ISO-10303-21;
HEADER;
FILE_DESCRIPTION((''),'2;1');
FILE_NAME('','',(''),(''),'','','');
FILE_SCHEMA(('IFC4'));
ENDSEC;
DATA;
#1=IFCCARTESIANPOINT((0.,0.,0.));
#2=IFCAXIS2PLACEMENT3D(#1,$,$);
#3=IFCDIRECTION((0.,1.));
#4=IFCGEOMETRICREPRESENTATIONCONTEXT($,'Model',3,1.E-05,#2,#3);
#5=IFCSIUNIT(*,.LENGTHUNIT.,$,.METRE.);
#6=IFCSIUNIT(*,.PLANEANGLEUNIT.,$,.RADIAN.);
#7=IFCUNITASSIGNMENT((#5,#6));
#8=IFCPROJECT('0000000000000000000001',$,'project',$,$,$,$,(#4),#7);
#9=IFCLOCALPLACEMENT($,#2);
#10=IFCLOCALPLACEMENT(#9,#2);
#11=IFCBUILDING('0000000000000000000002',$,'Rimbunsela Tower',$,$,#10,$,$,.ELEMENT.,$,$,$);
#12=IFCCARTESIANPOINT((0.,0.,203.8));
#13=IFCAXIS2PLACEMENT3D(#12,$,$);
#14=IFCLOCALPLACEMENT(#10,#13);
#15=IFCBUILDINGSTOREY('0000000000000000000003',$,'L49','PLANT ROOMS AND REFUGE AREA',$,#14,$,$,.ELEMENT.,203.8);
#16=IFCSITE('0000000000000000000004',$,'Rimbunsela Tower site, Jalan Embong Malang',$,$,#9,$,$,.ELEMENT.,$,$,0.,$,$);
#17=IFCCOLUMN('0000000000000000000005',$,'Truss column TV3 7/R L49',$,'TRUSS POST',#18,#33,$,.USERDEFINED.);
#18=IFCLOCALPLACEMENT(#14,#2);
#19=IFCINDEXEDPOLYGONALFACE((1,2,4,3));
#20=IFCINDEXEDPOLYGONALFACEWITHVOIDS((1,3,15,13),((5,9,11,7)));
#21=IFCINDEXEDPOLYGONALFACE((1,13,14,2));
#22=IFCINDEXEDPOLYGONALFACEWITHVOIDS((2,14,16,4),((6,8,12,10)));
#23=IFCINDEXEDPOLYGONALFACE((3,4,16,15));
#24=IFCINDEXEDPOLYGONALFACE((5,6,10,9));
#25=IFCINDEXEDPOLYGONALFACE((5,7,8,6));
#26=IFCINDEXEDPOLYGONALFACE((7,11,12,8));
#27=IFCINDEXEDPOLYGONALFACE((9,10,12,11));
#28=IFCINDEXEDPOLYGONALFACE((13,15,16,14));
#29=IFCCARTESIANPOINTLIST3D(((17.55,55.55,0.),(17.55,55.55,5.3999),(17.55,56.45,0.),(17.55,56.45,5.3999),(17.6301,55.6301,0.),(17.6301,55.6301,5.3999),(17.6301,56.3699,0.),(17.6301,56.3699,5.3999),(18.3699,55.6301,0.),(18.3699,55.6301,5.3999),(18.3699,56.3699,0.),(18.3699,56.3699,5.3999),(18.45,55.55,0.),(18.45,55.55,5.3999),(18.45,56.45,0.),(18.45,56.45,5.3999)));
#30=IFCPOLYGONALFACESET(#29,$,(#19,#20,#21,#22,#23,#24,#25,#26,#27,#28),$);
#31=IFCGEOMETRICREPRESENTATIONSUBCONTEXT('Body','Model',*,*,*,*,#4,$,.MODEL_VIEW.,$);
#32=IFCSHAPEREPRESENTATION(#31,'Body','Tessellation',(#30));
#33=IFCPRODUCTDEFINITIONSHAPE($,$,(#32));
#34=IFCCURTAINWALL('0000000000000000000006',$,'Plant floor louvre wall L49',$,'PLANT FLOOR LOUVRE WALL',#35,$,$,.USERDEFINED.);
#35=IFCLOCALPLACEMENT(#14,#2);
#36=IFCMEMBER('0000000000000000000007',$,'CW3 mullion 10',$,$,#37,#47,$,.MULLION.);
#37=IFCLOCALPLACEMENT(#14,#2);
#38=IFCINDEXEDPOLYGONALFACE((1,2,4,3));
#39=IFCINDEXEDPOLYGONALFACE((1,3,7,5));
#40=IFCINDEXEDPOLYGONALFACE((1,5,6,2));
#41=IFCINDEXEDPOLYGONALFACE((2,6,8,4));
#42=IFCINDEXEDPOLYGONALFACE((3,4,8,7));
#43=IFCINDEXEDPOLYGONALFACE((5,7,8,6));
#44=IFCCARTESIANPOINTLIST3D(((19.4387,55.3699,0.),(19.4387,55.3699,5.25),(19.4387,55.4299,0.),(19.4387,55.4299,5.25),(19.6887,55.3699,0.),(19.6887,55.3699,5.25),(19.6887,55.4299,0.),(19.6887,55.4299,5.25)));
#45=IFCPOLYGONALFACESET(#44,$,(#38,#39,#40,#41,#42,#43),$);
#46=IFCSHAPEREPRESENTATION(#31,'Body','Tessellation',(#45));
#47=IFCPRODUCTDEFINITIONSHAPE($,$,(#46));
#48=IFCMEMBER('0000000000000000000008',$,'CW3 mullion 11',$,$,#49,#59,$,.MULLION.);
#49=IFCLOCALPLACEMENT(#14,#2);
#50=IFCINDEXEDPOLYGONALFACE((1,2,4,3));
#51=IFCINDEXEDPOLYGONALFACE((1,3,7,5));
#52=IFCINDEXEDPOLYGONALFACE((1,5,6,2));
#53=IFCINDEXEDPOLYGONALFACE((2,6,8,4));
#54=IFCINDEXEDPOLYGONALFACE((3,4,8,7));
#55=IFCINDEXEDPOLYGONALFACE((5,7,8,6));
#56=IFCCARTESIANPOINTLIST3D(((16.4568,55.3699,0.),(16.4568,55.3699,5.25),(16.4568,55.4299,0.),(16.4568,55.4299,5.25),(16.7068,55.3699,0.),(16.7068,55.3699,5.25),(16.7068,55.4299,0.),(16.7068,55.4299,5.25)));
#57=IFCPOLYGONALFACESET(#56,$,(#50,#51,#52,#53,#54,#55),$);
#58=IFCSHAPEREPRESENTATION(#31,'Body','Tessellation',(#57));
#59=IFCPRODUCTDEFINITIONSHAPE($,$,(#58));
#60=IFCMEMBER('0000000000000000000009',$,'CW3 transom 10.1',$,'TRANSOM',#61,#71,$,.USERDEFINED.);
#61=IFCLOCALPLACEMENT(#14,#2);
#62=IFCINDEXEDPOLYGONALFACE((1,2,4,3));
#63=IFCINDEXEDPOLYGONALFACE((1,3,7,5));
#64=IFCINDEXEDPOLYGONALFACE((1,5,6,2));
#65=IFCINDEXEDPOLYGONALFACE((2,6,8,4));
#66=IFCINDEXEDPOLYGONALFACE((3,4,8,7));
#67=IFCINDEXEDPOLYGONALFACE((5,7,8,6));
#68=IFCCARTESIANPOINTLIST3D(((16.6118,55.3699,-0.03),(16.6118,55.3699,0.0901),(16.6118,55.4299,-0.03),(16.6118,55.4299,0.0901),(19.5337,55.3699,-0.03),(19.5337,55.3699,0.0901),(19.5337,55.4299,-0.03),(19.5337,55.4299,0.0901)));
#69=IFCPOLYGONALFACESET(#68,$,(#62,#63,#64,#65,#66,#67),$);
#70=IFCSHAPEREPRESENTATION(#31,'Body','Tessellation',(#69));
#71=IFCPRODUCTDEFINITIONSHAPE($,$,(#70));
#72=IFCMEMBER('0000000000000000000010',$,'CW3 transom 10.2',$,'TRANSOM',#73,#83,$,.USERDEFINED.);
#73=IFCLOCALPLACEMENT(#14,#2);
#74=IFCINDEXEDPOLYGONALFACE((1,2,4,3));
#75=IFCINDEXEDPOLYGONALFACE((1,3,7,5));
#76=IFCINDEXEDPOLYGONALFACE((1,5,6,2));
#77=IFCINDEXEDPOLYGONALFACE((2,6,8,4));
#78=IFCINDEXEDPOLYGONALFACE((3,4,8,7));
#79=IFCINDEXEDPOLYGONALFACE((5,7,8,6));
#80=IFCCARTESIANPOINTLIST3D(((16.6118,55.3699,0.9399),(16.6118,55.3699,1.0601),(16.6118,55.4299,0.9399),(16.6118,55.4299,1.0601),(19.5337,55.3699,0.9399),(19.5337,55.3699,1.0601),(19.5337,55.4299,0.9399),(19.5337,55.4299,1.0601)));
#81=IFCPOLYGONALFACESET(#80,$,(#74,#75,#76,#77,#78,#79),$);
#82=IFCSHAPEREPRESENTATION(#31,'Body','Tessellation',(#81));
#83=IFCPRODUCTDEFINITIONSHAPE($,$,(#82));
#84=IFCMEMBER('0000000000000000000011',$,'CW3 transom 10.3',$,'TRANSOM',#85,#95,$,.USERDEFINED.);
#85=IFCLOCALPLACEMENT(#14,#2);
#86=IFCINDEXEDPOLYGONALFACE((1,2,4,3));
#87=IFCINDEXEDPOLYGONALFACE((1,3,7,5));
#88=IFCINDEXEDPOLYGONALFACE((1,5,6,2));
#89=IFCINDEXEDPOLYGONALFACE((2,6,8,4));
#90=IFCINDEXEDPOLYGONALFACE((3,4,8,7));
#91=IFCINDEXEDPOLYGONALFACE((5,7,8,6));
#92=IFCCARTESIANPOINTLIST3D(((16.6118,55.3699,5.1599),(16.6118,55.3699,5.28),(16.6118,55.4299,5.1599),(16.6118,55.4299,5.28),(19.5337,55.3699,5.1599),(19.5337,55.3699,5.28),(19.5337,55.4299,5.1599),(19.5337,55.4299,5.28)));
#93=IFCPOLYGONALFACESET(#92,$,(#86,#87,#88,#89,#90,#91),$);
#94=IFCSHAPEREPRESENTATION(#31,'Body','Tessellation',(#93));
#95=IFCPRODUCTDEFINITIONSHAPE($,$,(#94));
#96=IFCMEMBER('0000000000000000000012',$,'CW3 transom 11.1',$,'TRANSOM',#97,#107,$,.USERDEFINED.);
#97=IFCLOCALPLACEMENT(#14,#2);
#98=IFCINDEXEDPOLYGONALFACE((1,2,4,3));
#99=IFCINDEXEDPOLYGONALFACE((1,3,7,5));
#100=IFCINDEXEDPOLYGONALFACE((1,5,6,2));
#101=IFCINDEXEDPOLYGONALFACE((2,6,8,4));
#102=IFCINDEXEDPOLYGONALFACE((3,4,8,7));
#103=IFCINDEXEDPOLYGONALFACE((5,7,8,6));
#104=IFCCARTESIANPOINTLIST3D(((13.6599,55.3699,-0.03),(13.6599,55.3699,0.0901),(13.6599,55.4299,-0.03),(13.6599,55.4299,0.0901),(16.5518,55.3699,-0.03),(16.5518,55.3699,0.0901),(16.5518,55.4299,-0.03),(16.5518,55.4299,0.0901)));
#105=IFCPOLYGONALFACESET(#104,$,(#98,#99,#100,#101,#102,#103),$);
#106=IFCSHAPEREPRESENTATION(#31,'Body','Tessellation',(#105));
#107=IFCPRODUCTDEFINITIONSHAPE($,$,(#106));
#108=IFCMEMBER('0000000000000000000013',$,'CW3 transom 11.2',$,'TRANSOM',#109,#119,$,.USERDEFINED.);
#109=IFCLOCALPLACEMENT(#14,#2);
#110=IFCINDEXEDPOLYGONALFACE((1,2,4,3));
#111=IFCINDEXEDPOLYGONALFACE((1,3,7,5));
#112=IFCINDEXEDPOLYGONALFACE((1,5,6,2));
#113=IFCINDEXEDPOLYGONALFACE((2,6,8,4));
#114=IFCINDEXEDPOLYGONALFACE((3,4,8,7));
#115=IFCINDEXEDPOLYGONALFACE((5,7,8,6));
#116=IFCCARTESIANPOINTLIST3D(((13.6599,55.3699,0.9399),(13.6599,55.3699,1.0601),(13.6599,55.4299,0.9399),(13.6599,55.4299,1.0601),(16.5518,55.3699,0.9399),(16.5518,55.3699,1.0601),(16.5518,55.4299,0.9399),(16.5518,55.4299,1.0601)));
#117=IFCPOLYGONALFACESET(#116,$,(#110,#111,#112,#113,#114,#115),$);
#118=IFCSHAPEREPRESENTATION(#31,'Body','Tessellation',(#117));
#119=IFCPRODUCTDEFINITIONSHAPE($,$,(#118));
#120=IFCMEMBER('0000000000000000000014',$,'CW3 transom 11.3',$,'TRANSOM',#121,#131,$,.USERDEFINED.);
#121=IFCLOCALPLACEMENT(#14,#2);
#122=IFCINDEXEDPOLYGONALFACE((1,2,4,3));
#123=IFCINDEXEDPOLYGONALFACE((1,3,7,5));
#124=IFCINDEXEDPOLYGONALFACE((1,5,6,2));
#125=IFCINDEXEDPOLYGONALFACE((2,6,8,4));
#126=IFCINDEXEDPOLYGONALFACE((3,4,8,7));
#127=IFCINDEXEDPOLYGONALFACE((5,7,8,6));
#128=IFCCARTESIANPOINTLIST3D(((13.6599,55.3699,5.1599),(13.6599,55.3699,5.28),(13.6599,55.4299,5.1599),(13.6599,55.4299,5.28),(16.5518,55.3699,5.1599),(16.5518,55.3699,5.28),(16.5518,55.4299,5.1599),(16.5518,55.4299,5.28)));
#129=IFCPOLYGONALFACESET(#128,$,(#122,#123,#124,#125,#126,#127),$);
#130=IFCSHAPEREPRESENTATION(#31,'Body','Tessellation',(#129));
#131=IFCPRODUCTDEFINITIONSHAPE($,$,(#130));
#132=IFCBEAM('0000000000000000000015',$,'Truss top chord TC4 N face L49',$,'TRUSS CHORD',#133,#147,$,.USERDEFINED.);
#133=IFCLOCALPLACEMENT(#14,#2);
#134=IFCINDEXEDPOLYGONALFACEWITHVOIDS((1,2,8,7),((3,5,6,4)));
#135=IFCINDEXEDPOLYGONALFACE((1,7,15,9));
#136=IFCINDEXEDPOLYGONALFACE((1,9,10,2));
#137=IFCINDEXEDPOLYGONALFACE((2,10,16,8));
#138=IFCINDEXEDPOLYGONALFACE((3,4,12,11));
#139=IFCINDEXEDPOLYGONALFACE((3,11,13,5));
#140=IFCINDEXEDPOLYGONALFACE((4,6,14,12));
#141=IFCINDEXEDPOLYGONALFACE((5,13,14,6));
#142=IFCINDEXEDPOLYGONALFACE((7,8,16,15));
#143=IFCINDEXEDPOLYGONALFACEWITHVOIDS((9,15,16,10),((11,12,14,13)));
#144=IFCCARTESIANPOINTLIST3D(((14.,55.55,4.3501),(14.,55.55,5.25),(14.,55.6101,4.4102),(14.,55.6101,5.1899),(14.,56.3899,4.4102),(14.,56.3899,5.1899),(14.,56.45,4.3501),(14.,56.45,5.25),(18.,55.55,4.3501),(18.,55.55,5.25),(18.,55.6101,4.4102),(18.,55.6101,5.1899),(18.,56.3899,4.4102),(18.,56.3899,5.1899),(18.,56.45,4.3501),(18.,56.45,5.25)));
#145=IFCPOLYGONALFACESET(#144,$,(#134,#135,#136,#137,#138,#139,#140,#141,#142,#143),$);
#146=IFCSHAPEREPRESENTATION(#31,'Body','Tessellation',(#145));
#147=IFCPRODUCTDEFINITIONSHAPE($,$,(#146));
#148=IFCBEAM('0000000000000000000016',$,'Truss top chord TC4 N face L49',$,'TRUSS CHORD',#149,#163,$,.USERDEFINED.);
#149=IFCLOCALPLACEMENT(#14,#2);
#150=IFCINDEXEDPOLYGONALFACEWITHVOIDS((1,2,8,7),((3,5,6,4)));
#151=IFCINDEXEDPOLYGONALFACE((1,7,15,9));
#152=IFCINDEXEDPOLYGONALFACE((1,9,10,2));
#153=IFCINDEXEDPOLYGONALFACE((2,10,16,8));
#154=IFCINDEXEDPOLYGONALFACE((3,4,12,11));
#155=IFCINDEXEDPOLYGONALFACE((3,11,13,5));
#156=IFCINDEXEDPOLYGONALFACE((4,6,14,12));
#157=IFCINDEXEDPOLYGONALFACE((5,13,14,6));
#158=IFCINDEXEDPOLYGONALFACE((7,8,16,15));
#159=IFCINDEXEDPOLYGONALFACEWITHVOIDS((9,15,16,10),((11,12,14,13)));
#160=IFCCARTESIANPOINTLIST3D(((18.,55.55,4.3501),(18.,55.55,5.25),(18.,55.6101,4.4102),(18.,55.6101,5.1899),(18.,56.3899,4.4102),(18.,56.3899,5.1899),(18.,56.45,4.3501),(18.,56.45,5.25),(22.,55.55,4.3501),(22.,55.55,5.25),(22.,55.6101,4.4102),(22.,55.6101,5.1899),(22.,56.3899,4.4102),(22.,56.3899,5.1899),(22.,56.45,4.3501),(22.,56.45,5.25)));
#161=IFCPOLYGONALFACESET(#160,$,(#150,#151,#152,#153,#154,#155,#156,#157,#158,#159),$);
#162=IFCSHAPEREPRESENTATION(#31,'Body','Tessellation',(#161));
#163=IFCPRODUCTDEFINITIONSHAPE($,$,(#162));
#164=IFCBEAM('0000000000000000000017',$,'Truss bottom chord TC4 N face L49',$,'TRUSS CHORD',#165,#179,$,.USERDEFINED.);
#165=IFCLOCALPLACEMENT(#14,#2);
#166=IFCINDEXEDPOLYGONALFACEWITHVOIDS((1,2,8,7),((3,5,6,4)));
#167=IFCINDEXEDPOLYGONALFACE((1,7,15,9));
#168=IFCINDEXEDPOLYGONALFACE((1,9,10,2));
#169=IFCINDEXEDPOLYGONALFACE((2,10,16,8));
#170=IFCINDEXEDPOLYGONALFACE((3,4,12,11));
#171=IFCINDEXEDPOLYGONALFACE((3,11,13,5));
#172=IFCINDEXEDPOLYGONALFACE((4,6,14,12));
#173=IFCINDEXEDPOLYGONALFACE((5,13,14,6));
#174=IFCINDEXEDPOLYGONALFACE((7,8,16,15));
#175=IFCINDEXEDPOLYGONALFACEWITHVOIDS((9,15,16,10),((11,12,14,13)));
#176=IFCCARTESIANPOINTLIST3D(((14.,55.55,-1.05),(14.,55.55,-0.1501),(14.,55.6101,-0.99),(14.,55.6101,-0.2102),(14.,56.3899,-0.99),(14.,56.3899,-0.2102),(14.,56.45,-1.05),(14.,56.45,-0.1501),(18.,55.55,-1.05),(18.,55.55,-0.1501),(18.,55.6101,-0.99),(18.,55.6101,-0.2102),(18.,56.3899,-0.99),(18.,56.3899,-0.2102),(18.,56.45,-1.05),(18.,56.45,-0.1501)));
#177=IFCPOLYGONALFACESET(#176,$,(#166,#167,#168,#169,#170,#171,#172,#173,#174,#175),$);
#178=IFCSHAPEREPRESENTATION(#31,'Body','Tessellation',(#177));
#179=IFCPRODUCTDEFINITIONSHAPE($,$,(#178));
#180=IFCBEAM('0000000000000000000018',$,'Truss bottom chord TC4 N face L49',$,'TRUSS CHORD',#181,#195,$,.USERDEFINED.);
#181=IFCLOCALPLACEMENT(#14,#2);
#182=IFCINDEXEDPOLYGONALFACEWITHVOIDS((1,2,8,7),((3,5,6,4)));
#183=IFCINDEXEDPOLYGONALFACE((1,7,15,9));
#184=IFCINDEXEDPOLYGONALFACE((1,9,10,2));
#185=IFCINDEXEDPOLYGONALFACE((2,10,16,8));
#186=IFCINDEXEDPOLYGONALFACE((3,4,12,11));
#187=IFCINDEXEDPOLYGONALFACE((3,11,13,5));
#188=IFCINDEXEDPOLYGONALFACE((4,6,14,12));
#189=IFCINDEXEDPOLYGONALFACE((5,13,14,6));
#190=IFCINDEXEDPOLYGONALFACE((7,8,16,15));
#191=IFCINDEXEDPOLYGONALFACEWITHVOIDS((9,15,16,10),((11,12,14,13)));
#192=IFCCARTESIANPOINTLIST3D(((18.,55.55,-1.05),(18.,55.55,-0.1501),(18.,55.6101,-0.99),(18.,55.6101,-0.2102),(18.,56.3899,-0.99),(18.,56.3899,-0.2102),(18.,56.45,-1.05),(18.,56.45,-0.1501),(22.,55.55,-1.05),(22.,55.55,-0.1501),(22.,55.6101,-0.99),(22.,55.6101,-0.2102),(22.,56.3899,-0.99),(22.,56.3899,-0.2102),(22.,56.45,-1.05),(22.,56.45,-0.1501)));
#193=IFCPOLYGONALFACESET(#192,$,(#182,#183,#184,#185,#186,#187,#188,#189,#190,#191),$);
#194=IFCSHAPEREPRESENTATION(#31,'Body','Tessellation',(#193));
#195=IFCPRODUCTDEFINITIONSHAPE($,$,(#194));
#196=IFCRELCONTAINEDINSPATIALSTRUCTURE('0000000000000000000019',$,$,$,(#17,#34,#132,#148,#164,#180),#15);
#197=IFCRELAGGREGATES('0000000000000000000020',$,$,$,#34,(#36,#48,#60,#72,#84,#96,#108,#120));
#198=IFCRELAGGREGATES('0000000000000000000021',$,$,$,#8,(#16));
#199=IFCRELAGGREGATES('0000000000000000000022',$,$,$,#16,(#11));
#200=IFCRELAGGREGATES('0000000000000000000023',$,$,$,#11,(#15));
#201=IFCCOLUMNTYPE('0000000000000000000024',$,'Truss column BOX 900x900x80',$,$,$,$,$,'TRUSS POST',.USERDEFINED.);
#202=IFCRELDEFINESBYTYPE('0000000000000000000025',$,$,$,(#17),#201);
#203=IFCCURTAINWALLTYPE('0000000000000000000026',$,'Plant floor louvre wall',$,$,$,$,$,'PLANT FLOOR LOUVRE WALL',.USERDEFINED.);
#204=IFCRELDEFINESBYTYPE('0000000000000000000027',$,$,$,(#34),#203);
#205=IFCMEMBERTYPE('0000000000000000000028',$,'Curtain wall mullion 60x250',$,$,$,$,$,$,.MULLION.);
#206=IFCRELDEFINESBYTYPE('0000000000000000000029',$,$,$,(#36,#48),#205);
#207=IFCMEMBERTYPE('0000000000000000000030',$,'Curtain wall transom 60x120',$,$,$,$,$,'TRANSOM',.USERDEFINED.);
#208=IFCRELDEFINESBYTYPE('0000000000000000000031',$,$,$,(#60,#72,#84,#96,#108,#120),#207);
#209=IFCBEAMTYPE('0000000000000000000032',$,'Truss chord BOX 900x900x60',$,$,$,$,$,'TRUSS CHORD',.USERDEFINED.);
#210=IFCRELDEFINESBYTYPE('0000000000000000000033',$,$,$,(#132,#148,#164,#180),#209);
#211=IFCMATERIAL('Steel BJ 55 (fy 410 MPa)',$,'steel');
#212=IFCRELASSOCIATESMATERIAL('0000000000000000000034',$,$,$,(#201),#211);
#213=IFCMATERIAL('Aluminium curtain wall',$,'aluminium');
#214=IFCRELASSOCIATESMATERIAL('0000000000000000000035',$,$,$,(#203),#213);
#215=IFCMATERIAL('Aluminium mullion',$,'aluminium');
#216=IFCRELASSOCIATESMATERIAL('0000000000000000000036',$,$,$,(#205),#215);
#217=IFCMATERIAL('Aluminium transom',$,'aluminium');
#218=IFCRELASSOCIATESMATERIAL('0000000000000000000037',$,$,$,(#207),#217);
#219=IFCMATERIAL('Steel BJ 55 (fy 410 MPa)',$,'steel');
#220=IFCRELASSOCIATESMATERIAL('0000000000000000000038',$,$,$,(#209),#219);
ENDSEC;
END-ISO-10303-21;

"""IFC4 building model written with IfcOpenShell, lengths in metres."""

from ifc_helpers import new_model, si_unit, direction, frame, origin, origin_2d, place, context, subcontext, project, spatial, rectangle, hollow_rectangle, extrude, material, material_profile, profile_set, type_object, element, aggregate, save


model = new_model("IFC4")

# Units and contexts
model_context = context("Model", 3, precision=1e-05, world=origin(), true_north=direction((0.0, 1.0)))
body_context = subcontext(model_context, "Body", "Model", "MODEL_VIEW")
ifc_project = project(units=[si_unit("LENGTHUNIT", "METRE"), si_unit("PLANEANGLEUNIT", "RADIAN")], contexts=[model_context])

# Site, building, storey
site_placement = place(None, origin())
site = spatial("IfcSite", under=ifc_project, at=site_placement, Name="Rimbunsela Tower site, Jalan Embong Malang", CompositionType="ELEMENT", RefElevation=0.0)
building_placement = place(site_placement, origin())
building = spatial("IfcBuilding", under=site, at=building_placement, Name="Rimbunsela Tower", CompositionType="ELEMENT")
storey_placement = place(building_placement, frame((0.0, 0.0, 203.8)))
storey = spatial("IfcBuildingStorey", under=building, at=storey_placement, Name="L49", Description="PLANT ROOMS AND REFUGE AREA", CompositionType="ELEMENT", Elevation=203.8)

# Column
ifc_material_1 = material(Name="Steel BJ 55 (fy 410 MPa)", Category="steel")
ifc_material_profile_1 = material_profile(ifc_material_1, hollow_rectangle(XDim=0.8999, YDim=0.8999, WallThickness=0.0801, at=origin_2d()), Name="BOX 900x900x80")
ifc_profile_set_1 = profile_set([ifc_material_profile_1], Name="Steel BJ 55 (fy 410 MPa)")
column_type = type_object("IfcColumnType", Name="Truss column BOX 900x900x80", ElementType="TRUSS POST", PredefinedType="USERDEFINED", material=ifc_profile_set_1)
column_placement = place(storey_placement, frame((18.0, 56.0, 0.0), z_axis=(0.0, 0.0, 1.0), x_axis=(1.0, 0.0, 0.0)))
element("IfcColumn", 1, at=column_placement, inside=storey, type_object=column_type, Name="Truss column TV3 7/R L49", ObjectType="TRUSS POST", PredefinedType="USERDEFINED", context=body_context, shape_type="SweptSolid", body=[
    extrude(hollow_rectangle(XDim=0.8999, YDim=0.8999, WallThickness=0.0801, at=origin_2d()), origin(), (0.0, 0.0, 1.0), 5.3999),
])

# Curtain wall, members
ifc_material_2 = material(Name="Aluminium curtain wall", Category="aluminium")
curtain_wall_type = type_object("IfcCurtainWallType", Name="Plant floor louvre wall", ElementType="PLANT FLOOR LOUVRE WALL", PredefinedType="USERDEFINED", material=ifc_material_2)
curtain_wall_placement = place(storey_placement, origin())
curtain_wall = element("IfcCurtainWall", 2, at=curtain_wall_placement, inside=storey, type_object=curtain_wall_type, Name="Plant floor louvre wall L49", ObjectType="PLANT FLOOR LOUVRE WALL", PredefinedType="USERDEFINED")
ifc_material_3 = material(Name="Aluminium mullion", Category="aluminium")
ifc_material_profile_2 = material_profile(ifc_material_3, rectangle(XDim=0.0601, YDim=0.25, at=origin_2d()), Name="Mullion 60x250")
ifc_profile_set_2 = profile_set([ifc_material_profile_2], Name="Aluminium mullion")
member_type_1 = type_object("IfcMemberType", Name="Curtain wall mullion 60x250", PredefinedType="MULLION", material=ifc_profile_set_2)
member_1_placement = place(storey_placement, frame((19.5637, 55.3999, 0.0), z_axis=(0.0, 0.0, 1.0), x_axis=(0.0, -1.0, 0.0)))
member_1 = element("IfcMember", 3, at=member_1_placement, type_object=member_type_1, Name="CW3 mullion 10", PredefinedType="MULLION", context=body_context, shape_type="SweptSolid", body=[
    extrude(rectangle(XDim=0.0601, YDim=0.25, at=origin_2d()), origin(), (0.0, 0.0, 1.0), 5.25),
])
member_2_placement = place(storey_placement, frame((16.5818, 55.3999, 0.0), z_axis=(0.0, 0.0, 1.0), x_axis=(0.0, -1.0, 0.0)))
member_2 = element("IfcMember", 4, at=member_2_placement, type_object=member_type_1, Name="CW3 mullion 11", PredefinedType="MULLION", context=body_context, shape_type="SweptSolid", body=[
    extrude(rectangle(XDim=0.0601, YDim=0.25, at=origin_2d()), origin(), (0.0, 0.0, 1.0), 5.25),
])
ifc_material_4 = material(Name="Aluminium transom", Category="aluminium")
ifc_material_profile_3 = material_profile(ifc_material_4, rectangle(XDim=0.0601, YDim=0.1201, at=origin_2d()), Name="Transom 60x120")
ifc_profile_set_3 = profile_set([ifc_material_profile_3], Name="Aluminium transom")
member_type_2 = type_object("IfcMemberType", Name="Curtain wall transom 60x120", ElementType="TRANSOM", PredefinedType="USERDEFINED", material=ifc_profile_set_3)
member_3_placement = place(storey_placement, frame((19.5337, 55.3999, 0.03), z_axis=(-1.0, 0.0, 0.0), x_axis=(0.0, -1.0, 0.0)))
member_3 = element("IfcMember", 5, at=member_3_placement, type_object=member_type_2, Name="CW3 transom 10.1", ObjectType="TRANSOM", PredefinedType="USERDEFINED", context=body_context, shape_type="SweptSolid", body=[
    extrude(rectangle(XDim=0.0601, YDim=0.1201, at=origin_2d()), origin(), (0.0, 0.0, 1.0), 2.9219),
])
member_4_placement = place(storey_placement, frame((19.5337, 55.3999, 1.0), z_axis=(-1.0, 0.0, 0.0), x_axis=(0.0, -1.0, 0.0)))
member_4 = element("IfcMember", 6, at=member_4_placement, type_object=member_type_2, Name="CW3 transom 10.2", ObjectType="TRANSOM", PredefinedType="USERDEFINED", context=body_context, shape_type="SweptSolid", body=[
    extrude(rectangle(XDim=0.0601, YDim=0.1201, at=origin_2d()), origin(), (0.0, 0.0, 1.0), 2.9219),
])
member_5_placement = place(storey_placement, frame((19.5337, 55.3999, 5.22), z_axis=(-1.0, 0.0, 0.0), x_axis=(0.0, -1.0, 0.0)))
member_5 = element("IfcMember", 7, at=member_5_placement, type_object=member_type_2, Name="CW3 transom 10.3", ObjectType="TRANSOM", PredefinedType="USERDEFINED", context=body_context, shape_type="SweptSolid", body=[
    extrude(rectangle(XDim=0.0601, YDim=0.1201, at=origin_2d()), origin(), (0.0, 0.0, 1.0), 2.9219),
])
member_6_placement = place(storey_placement, frame((16.5518, 55.3999, 0.03), z_axis=(-1.0, 0.0, 0.0), x_axis=(0.0, -1.0, 0.0)))
member_6 = element("IfcMember", 8, at=member_6_placement, type_object=member_type_2, Name="CW3 transom 11.1", ObjectType="TRANSOM", PredefinedType="USERDEFINED", context=body_context, shape_type="SweptSolid", body=[
    extrude(rectangle(XDim=0.0601, YDim=0.1201, at=origin_2d()), origin(), (0.0, 0.0, 1.0), 2.8918),
])
member_7_placement = place(storey_placement, frame((16.5518, 55.3999, 1.0), z_axis=(-1.0, 0.0, 0.0), x_axis=(0.0, -1.0, 0.0)))
member_7 = element("IfcMember", 9, at=member_7_placement, type_object=member_type_2, Name="CW3 transom 11.2", ObjectType="TRANSOM", PredefinedType="USERDEFINED", context=body_context, shape_type="SweptSolid", body=[
    extrude(rectangle(XDim=0.0601, YDim=0.1201, at=origin_2d()), origin(), (0.0, 0.0, 1.0), 2.8918),
])
member_8_placement = place(storey_placement, frame((16.5518, 55.3999, 5.22), z_axis=(-1.0, 0.0, 0.0), x_axis=(0.0, -1.0, 0.0)))
member_8 = element("IfcMember", 10, at=member_8_placement, type_object=member_type_2, Name="CW3 transom 11.3", ObjectType="TRANSOM", PredefinedType="USERDEFINED", context=body_context, shape_type="SweptSolid", body=[
    extrude(rectangle(XDim=0.0601, YDim=0.1201, at=origin_2d()), origin(), (0.0, 0.0, 1.0), 2.8918),
])

# Beams
ifc_material_5 = material(Name="Steel BJ 55 (fy 410 MPa)", Category="steel")
ifc_material_profile_4 = material_profile(ifc_material_5, hollow_rectangle(XDim=0.8999, YDim=0.8999, WallThickness=0.0601, at=origin_2d()), Name="BOX 900x900x60")
ifc_profile_set_4 = profile_set([ifc_material_profile_4], Name="Steel BJ 55 (fy 410 MPa)")
beam_type = type_object("IfcBeamType", Name="Truss chord BOX 900x900x60", ElementType="TRUSS CHORD", PredefinedType="USERDEFINED", material=ifc_profile_set_4)
for number, where, z_axis, x_axis, name in (
    (11, (14.0, 56.0, 4.8), (1.0, 0.0, 0.0), (0.0, 1.0, 0.0), "Truss top chord TC4 N face L49"),
    (12, (18.0, 56.0, 4.8), (1.0, 0.0, 0.0), (0.0, 1.0, 0.0), "Truss top chord TC4 N face L49"),
    (13, (14.0, 56.0, -0.6001), (1.0, 0.0, 0.0), (0.0, 1.0, 0.0), "Truss bottom chord TC4 N face L49"),
    (14, (18.0, 56.0, -0.6001), (1.0, 0.0, 0.0), (0.0, 1.0, 0.0), "Truss bottom chord TC4 N face L49"),
):
    element("IfcBeam", number, at=place(storey_placement, frame(where, z_axis=z_axis, x_axis=x_axis)), inside=storey, type_object=beam_type, Name=name, ObjectType="TRUSS CHORD", PredefinedType="USERDEFINED", context=body_context, shape_type="SweptSolid", body=[
        extrude(hollow_rectangle(XDim=0.8999, YDim=0.8999, WallThickness=0.0601, at=origin_2d()), origin(), (0.0, 0.0, 1.0), 4.0),
    ])

aggregate(curtain_wall, [member_1, member_2, member_3, member_4, member_5, member_6, member_7, member_8])

save(model, "model.ifc")
